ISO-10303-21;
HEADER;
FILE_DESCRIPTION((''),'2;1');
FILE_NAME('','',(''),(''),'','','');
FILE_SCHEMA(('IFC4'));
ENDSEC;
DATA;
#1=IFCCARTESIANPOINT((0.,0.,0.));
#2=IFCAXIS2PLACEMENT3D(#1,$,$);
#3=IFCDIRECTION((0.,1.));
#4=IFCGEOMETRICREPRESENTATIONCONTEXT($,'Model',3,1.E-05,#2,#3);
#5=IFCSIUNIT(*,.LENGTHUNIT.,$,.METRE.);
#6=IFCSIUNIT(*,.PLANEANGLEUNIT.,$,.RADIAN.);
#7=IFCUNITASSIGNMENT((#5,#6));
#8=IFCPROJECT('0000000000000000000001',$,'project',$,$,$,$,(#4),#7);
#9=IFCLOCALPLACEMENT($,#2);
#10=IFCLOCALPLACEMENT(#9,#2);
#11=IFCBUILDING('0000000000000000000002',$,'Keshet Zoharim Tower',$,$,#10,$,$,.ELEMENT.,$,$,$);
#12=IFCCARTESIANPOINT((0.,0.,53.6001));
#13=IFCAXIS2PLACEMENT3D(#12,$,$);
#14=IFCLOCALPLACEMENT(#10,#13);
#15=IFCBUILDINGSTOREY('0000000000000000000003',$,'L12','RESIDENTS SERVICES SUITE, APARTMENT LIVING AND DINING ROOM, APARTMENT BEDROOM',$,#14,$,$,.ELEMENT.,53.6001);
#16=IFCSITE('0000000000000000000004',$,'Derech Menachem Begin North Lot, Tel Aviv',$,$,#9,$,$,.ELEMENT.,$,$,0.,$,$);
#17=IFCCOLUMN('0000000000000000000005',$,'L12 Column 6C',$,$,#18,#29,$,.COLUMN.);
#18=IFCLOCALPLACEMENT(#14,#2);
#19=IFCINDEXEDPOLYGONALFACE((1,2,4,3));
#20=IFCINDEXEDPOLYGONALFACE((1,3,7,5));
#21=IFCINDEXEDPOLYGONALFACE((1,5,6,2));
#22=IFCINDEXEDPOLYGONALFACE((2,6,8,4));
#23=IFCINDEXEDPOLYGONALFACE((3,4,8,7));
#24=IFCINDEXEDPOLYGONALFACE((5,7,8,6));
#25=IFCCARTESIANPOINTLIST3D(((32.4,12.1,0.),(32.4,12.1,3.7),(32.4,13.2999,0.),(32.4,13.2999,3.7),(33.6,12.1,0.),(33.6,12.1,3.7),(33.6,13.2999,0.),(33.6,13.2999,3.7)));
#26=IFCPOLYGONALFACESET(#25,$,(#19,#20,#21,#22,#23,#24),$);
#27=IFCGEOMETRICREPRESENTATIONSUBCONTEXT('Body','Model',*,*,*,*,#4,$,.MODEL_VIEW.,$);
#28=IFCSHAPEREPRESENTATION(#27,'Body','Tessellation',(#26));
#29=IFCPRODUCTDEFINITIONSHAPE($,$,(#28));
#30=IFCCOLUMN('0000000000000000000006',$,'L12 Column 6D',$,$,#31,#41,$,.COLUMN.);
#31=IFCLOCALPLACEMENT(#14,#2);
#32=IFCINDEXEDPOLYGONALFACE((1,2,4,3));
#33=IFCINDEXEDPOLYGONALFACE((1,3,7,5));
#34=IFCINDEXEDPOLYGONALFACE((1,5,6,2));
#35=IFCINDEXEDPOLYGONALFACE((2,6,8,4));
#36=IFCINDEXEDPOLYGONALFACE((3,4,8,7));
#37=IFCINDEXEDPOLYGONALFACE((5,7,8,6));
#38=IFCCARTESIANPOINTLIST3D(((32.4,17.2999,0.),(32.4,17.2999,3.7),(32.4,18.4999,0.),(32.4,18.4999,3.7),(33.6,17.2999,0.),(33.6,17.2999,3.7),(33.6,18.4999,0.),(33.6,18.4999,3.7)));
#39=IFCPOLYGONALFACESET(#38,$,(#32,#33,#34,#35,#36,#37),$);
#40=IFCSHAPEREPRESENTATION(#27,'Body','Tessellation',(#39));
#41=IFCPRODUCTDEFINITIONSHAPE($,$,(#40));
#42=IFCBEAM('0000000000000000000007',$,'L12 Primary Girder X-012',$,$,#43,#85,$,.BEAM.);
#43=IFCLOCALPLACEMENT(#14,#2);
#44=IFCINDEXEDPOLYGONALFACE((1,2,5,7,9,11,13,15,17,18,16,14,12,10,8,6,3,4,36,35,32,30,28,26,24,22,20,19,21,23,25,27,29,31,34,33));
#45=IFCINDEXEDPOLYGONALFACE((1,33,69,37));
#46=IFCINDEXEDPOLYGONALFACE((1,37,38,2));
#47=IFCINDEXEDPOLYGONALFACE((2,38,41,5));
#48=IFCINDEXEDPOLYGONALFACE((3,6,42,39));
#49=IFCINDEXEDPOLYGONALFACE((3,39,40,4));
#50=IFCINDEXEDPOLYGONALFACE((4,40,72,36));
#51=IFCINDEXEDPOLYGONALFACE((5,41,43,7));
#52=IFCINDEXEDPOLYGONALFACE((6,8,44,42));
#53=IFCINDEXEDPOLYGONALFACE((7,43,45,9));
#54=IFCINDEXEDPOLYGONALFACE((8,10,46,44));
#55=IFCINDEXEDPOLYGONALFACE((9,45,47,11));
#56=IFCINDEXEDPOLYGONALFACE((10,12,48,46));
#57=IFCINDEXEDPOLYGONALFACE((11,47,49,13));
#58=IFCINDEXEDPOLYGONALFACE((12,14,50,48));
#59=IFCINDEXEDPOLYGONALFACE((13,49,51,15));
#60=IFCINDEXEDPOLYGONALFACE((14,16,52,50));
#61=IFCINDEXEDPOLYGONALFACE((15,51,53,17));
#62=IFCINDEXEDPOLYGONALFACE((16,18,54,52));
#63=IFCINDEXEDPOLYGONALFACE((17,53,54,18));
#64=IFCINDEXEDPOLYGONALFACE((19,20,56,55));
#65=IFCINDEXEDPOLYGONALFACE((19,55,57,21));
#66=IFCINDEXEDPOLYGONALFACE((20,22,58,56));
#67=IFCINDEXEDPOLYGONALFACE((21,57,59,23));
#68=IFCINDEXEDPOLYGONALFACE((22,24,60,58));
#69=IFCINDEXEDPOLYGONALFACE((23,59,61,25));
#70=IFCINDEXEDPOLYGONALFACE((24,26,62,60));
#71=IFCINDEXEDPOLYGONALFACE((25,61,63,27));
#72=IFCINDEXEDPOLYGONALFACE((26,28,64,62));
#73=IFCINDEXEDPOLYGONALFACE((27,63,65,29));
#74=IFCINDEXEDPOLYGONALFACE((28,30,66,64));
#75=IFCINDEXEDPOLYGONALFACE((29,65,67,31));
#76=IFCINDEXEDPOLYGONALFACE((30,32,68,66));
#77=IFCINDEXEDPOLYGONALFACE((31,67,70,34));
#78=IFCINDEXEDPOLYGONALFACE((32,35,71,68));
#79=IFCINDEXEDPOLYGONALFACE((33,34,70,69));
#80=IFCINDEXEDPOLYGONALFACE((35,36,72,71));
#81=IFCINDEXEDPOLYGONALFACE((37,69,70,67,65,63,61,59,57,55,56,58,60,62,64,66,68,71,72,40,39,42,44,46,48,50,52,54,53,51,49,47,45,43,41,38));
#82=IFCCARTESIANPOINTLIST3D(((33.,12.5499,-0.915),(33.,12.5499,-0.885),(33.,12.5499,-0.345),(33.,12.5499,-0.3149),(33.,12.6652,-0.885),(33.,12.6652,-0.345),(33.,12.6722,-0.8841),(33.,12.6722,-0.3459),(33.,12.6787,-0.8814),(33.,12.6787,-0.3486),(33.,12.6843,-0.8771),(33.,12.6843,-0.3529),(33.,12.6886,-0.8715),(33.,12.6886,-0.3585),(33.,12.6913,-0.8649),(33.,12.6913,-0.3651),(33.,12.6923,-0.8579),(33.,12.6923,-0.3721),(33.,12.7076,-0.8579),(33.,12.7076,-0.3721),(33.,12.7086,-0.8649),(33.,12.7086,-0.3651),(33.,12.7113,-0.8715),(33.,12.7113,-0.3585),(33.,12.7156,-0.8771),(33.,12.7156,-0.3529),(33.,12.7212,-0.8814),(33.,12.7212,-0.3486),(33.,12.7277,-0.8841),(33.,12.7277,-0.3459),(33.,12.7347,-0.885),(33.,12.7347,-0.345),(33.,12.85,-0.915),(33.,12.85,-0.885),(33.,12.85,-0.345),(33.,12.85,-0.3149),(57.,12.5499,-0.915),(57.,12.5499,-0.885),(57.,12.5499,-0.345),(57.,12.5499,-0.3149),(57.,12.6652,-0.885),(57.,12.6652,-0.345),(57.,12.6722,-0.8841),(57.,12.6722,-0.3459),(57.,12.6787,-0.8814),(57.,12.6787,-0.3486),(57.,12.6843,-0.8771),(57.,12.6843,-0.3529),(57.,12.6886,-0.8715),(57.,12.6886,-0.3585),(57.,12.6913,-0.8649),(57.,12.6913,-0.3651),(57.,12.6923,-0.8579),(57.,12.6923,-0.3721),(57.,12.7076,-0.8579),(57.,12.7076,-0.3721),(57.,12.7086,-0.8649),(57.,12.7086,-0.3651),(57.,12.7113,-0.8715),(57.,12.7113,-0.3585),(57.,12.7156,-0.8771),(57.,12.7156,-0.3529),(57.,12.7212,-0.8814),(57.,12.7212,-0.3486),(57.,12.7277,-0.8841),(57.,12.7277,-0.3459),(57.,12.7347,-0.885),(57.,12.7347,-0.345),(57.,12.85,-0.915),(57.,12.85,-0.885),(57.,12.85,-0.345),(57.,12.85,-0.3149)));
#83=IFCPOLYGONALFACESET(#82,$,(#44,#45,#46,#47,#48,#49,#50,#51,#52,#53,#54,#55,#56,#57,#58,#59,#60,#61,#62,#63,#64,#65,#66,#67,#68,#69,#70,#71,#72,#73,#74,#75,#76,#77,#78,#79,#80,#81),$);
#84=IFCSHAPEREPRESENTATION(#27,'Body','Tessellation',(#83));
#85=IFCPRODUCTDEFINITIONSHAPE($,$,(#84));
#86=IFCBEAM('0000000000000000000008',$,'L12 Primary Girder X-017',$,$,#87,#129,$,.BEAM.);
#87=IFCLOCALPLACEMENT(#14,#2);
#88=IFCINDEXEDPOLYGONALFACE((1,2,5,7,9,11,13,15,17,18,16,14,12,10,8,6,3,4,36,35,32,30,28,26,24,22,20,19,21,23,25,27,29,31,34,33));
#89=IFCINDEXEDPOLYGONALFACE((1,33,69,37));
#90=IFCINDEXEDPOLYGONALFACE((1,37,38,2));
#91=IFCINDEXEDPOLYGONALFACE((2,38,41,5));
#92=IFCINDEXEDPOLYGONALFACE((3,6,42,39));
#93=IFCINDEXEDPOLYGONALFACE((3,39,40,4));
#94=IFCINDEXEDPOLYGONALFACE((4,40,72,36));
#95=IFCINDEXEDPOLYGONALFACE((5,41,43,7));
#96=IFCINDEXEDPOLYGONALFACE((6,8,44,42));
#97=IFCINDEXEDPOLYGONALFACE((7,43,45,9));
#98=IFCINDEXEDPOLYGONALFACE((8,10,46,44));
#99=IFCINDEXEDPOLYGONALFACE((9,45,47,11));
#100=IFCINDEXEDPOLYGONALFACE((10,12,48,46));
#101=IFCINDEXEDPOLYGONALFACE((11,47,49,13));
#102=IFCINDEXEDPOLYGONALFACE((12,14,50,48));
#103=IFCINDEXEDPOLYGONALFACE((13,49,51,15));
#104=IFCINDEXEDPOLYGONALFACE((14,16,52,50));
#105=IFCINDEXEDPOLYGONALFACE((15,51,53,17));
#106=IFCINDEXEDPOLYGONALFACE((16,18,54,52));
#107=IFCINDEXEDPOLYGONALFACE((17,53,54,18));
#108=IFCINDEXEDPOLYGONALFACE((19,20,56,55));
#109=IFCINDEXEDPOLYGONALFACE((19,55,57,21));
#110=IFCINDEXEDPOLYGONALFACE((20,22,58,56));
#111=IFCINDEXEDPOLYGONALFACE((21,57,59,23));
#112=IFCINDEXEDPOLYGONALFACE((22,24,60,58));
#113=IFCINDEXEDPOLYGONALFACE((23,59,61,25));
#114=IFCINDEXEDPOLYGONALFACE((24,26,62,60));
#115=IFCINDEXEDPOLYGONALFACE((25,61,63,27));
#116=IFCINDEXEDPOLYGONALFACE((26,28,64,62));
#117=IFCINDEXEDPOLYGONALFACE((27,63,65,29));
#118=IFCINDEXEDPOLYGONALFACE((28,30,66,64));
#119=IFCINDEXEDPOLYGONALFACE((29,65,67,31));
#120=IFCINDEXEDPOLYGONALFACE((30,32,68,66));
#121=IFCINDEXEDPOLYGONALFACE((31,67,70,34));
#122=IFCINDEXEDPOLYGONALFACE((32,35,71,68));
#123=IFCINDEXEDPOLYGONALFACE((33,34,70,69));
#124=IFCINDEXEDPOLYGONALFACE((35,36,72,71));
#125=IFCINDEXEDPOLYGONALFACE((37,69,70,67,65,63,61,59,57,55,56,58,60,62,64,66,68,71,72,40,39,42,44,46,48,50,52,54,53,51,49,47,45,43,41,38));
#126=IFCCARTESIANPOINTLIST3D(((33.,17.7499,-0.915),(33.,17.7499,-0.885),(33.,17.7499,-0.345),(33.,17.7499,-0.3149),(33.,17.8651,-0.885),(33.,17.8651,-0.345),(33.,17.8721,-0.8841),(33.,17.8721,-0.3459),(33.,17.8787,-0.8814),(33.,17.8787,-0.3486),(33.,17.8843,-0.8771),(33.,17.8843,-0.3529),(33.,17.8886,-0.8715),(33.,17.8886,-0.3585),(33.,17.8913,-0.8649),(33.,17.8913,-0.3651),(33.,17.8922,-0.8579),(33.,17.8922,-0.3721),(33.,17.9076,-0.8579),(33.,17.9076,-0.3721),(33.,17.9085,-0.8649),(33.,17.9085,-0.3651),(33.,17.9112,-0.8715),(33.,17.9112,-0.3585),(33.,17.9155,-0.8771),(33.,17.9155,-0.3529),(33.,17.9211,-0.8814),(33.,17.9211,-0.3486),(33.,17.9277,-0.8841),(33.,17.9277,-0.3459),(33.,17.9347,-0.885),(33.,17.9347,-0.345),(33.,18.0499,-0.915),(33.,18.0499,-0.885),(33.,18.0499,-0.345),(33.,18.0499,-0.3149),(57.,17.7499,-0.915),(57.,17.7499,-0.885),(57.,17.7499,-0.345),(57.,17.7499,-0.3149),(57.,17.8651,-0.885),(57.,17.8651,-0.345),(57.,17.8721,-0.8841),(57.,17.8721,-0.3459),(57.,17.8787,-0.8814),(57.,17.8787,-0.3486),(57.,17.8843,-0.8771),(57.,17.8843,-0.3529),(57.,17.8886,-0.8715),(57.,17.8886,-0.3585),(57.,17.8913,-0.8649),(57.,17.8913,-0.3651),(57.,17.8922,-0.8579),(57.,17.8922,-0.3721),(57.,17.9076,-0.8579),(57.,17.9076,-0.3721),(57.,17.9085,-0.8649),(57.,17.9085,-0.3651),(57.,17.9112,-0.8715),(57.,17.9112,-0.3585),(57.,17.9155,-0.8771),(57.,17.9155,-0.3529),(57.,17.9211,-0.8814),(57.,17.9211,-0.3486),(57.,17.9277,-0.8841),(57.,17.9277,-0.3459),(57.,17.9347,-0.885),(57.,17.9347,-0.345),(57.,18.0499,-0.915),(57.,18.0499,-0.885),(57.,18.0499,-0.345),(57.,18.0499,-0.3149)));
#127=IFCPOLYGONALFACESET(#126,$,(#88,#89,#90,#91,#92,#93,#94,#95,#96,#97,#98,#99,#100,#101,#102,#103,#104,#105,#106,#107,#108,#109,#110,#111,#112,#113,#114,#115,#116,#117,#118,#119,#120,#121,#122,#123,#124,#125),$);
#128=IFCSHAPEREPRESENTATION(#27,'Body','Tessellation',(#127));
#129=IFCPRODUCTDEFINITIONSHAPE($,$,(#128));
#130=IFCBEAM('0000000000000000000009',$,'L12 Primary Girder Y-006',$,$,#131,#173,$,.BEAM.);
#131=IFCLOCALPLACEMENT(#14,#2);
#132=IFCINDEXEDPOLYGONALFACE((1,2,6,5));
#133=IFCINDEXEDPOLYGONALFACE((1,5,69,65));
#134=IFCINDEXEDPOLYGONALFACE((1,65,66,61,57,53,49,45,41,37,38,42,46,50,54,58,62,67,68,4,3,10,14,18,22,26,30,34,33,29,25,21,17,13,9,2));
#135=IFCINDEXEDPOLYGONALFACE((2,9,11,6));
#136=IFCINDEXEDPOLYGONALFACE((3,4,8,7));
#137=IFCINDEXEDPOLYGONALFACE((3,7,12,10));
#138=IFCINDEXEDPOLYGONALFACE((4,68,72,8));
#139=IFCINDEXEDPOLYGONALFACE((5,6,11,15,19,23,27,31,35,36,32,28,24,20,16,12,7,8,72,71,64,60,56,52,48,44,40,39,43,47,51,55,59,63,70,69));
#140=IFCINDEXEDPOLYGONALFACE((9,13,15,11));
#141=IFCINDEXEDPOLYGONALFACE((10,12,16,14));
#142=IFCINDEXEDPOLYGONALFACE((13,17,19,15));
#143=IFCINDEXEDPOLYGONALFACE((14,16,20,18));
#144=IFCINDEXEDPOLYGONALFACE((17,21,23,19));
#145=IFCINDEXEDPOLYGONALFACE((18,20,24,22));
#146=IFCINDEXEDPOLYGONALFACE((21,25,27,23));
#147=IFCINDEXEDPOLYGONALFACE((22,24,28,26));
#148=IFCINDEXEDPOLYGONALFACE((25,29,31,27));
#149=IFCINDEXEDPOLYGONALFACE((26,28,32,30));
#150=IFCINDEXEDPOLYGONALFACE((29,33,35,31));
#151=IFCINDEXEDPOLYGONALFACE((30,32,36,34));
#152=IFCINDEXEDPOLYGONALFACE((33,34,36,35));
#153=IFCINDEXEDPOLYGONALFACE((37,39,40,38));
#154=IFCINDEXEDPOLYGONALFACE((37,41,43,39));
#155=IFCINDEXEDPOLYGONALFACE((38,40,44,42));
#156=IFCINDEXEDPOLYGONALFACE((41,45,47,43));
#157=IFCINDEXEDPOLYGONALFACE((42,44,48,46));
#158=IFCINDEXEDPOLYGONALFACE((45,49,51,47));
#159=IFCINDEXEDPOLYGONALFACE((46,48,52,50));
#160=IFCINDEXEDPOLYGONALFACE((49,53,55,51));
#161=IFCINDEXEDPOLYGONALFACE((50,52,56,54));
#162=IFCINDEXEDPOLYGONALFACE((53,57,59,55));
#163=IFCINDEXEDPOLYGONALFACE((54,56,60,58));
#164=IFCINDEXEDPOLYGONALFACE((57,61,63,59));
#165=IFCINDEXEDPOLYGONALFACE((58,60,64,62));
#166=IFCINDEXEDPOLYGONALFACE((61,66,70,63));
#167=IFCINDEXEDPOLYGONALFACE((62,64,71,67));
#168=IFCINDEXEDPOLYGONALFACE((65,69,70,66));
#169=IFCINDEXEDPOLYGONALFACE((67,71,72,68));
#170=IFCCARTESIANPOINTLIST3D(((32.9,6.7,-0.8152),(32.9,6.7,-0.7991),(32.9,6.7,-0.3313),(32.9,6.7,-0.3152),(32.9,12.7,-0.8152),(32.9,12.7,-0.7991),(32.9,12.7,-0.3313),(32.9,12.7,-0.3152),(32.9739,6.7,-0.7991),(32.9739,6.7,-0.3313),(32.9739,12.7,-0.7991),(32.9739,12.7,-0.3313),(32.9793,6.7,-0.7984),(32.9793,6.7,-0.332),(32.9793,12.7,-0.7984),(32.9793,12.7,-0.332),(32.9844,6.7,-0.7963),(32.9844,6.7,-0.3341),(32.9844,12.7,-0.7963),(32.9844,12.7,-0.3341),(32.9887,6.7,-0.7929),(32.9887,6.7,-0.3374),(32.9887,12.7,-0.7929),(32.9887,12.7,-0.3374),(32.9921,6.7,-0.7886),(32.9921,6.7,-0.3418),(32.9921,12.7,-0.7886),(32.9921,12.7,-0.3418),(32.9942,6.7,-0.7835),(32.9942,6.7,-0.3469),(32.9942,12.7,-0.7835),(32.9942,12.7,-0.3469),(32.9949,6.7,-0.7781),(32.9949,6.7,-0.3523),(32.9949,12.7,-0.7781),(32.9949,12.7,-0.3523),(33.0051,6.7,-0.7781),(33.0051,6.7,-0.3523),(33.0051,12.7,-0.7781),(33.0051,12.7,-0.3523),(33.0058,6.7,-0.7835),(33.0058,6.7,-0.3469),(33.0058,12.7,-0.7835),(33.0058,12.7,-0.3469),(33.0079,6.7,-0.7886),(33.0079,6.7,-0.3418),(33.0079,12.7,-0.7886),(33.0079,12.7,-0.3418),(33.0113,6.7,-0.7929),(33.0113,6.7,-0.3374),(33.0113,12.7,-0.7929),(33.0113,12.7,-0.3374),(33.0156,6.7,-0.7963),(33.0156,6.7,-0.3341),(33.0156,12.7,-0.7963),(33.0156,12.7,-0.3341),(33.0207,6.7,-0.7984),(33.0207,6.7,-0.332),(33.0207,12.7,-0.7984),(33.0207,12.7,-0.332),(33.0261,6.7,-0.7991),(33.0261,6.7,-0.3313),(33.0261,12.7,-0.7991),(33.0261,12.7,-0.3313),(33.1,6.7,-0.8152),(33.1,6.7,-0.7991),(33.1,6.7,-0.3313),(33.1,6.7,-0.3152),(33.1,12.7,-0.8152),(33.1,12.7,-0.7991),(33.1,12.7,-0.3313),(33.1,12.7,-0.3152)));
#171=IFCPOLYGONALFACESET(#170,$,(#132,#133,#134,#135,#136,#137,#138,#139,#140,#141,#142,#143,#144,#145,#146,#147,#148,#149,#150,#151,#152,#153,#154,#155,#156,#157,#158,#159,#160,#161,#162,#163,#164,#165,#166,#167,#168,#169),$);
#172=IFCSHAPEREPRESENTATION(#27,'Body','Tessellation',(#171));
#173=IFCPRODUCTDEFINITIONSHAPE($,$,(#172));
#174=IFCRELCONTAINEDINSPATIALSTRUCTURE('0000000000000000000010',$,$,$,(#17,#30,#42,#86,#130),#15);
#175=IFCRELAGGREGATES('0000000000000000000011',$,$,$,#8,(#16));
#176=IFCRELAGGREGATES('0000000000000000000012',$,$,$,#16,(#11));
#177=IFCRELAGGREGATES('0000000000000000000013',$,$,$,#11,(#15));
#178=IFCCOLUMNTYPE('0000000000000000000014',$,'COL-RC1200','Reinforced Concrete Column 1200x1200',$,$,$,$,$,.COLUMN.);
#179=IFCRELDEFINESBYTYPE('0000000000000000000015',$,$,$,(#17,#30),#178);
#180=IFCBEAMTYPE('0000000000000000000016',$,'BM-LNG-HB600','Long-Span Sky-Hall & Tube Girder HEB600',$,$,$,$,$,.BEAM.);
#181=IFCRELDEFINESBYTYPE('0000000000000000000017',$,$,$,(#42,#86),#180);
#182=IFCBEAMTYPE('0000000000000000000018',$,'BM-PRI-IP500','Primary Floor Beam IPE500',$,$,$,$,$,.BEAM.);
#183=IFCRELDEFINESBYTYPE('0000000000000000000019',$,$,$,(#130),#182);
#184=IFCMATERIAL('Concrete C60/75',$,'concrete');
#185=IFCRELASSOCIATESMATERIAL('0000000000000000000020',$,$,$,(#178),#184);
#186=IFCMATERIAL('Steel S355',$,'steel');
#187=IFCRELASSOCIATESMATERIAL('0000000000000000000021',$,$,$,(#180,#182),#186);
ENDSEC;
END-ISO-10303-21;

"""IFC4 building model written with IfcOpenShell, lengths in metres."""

from ifc_helpers import new_model, si_unit, direction, frame, origin, origin_2d, place, context, subcontext, project, spatial, rectangle, i_section, extrude, material, material_profile, profile_set, type_object, element, save


model = new_model("IFC4")

# Units and contexts
model_context = context("Model", 3, precision=1e-05, world=origin(), true_north=direction((0.0, 1.0)))
body_context = subcontext(model_context, "Body", "Model", "MODEL_VIEW")
ifc_project = project(units=[si_unit("LENGTHUNIT", "METRE"), si_unit("PLANEANGLEUNIT", "RADIAN")], contexts=[model_context])

# Site, building, storey
site_placement = place(None, origin())
site = spatial("IfcSite", under=ifc_project, at=site_placement, Name="Derech Menachem Begin North Lot, Tel Aviv", CompositionType="ELEMENT", RefElevation=0.0)
building_placement = place(site_placement, origin())
building = spatial("IfcBuilding", under=site, at=building_placement, Name="Keshet Zoharim Tower", CompositionType="ELEMENT")
storey_placement = place(building_placement, frame((0.0, 0.0, 53.6001)))
storey = spatial("IfcBuildingStorey", under=building, at=storey_placement, Name="L12", Description="RESIDENTS SERVICES SUITE, APARTMENT LIVING AND DINING ROOM, APARTMENT BEDROOM", CompositionType="ELEMENT", Elevation=53.6001)

# Columns
ifc_material_1 = material(Name="Concrete C60/75", Category="concrete")
ifc_material_profile_1 = material_profile(ifc_material_1, rectangle(XDim=1.2, YDim=1.2, at=origin_2d()), Name="RC1200x1200")
ifc_profile_set_1 = profile_set([ifc_material_profile_1], Name="Concrete C60/75")
column_type = type_object("IfcColumnType", Name="COL-RC1200", Description="Reinforced Concrete Column 1200x1200", PredefinedType="COLUMN", material=ifc_profile_set_1)
for number, where, z_axis, x_axis, name in (
    (1, (33.0, 12.7, 0.0), (0.0, 0.0, 1.0), (1.0, 0.0, 0.0), "L12 Column 6C"),
    (2, (33.0, 17.8999, 0.0), (0.0, 0.0, 1.0), (1.0, 0.0, 0.0), "L12 Column 6D"),
):
    element("IfcColumn", number, at=place(storey_placement, frame(where, z_axis=z_axis, x_axis=x_axis)), inside=storey, type_object=column_type, Name=name, PredefinedType="COLUMN", context=body_context, shape_type="SweptSolid", body=[
        extrude(rectangle(XDim=1.2, YDim=1.2, at=origin_2d()), origin(), (0.0, 0.0, 1.0), 3.7),
    ])

# Beams
ifc_material_2 = material(Name="Steel S355", Category="steel")
ifc_material_profile_2 = material_profile(ifc_material_2, i_section(OverallWidth=0.3, OverallDepth=0.6001, WebThickness=0.0154, FlangeThickness=0.03, FilletRadius=0.0271, at=origin_2d()), Name="HEB600")
ifc_profile_set_2 = profile_set([ifc_material_profile_2], Name="Steel S355")
beam_type_1 = type_object("IfcBeamType", Name="BM-LNG-HB600", Description="Long-Span Sky-Hall & Tube Girder HEB600", PredefinedType="BEAM", material=ifc_profile_set_2)
for number, where, z_axis, x_axis, name in (
    (3, (33.0, 12.7, -0.615), (1.0, 0.0, 0.0), (0.0, 1.0, 0.0), "L12 Primary Girder X-012"),
    (4, (33.0, 17.8999, -0.615), (1.0, 0.0, 0.0), (0.0, 1.0, 0.0), "L12 Primary Girder X-017"),
):
    element("IfcBeam", number, at=place(storey_placement, frame(where, z_axis=z_axis, x_axis=x_axis)), inside=storey, type_object=beam_type_1, Name=name, PredefinedType="BEAM", context=body_context, shape_type="SweptSolid", body=[
        extrude(i_section(OverallWidth=0.3, OverallDepth=0.6001, WebThickness=0.0154, FlangeThickness=0.03, FilletRadius=0.0271, at=origin_2d()), origin(), (0.0, 0.0, 1.0), 24.0),
    ])
ifc_material_profile_3 = material_profile(ifc_material_2, i_section(OverallWidth=0.2, OverallDepth=0.5, WebThickness=0.0103, FlangeThickness=0.0161, FilletRadius=0.021, at=origin_2d()), Name="IPE500")
ifc_profile_set_3 = profile_set([ifc_material_profile_3], Name="Steel S355")
beam_type_2 = type_object("IfcBeamType", Name="BM-PRI-IP500", Description="Primary Floor Beam IPE500", PredefinedType="BEAM", material=ifc_profile_set_3)
beam_1_placement = place(storey_placement, frame((33.0, 6.7, -0.5652), z_axis=(0.0, 1.0, 0.0), x_axis=(-1.0, 0.0, 0.0)))
element("IfcBeam", 5, at=beam_1_placement, inside=storey, type_object=beam_type_2, Name="L12 Primary Girder Y-006", PredefinedType="BEAM", context=body_context, shape_type="SweptSolid", body=[
    extrude(i_section(OverallWidth=0.2, OverallDepth=0.5, WebThickness=0.0103, FlangeThickness=0.0161, FilletRadius=0.021, at=origin_2d()), origin(), (0.0, 0.0, 1.0), 6.0),
])

save(model, "model.ifc")
